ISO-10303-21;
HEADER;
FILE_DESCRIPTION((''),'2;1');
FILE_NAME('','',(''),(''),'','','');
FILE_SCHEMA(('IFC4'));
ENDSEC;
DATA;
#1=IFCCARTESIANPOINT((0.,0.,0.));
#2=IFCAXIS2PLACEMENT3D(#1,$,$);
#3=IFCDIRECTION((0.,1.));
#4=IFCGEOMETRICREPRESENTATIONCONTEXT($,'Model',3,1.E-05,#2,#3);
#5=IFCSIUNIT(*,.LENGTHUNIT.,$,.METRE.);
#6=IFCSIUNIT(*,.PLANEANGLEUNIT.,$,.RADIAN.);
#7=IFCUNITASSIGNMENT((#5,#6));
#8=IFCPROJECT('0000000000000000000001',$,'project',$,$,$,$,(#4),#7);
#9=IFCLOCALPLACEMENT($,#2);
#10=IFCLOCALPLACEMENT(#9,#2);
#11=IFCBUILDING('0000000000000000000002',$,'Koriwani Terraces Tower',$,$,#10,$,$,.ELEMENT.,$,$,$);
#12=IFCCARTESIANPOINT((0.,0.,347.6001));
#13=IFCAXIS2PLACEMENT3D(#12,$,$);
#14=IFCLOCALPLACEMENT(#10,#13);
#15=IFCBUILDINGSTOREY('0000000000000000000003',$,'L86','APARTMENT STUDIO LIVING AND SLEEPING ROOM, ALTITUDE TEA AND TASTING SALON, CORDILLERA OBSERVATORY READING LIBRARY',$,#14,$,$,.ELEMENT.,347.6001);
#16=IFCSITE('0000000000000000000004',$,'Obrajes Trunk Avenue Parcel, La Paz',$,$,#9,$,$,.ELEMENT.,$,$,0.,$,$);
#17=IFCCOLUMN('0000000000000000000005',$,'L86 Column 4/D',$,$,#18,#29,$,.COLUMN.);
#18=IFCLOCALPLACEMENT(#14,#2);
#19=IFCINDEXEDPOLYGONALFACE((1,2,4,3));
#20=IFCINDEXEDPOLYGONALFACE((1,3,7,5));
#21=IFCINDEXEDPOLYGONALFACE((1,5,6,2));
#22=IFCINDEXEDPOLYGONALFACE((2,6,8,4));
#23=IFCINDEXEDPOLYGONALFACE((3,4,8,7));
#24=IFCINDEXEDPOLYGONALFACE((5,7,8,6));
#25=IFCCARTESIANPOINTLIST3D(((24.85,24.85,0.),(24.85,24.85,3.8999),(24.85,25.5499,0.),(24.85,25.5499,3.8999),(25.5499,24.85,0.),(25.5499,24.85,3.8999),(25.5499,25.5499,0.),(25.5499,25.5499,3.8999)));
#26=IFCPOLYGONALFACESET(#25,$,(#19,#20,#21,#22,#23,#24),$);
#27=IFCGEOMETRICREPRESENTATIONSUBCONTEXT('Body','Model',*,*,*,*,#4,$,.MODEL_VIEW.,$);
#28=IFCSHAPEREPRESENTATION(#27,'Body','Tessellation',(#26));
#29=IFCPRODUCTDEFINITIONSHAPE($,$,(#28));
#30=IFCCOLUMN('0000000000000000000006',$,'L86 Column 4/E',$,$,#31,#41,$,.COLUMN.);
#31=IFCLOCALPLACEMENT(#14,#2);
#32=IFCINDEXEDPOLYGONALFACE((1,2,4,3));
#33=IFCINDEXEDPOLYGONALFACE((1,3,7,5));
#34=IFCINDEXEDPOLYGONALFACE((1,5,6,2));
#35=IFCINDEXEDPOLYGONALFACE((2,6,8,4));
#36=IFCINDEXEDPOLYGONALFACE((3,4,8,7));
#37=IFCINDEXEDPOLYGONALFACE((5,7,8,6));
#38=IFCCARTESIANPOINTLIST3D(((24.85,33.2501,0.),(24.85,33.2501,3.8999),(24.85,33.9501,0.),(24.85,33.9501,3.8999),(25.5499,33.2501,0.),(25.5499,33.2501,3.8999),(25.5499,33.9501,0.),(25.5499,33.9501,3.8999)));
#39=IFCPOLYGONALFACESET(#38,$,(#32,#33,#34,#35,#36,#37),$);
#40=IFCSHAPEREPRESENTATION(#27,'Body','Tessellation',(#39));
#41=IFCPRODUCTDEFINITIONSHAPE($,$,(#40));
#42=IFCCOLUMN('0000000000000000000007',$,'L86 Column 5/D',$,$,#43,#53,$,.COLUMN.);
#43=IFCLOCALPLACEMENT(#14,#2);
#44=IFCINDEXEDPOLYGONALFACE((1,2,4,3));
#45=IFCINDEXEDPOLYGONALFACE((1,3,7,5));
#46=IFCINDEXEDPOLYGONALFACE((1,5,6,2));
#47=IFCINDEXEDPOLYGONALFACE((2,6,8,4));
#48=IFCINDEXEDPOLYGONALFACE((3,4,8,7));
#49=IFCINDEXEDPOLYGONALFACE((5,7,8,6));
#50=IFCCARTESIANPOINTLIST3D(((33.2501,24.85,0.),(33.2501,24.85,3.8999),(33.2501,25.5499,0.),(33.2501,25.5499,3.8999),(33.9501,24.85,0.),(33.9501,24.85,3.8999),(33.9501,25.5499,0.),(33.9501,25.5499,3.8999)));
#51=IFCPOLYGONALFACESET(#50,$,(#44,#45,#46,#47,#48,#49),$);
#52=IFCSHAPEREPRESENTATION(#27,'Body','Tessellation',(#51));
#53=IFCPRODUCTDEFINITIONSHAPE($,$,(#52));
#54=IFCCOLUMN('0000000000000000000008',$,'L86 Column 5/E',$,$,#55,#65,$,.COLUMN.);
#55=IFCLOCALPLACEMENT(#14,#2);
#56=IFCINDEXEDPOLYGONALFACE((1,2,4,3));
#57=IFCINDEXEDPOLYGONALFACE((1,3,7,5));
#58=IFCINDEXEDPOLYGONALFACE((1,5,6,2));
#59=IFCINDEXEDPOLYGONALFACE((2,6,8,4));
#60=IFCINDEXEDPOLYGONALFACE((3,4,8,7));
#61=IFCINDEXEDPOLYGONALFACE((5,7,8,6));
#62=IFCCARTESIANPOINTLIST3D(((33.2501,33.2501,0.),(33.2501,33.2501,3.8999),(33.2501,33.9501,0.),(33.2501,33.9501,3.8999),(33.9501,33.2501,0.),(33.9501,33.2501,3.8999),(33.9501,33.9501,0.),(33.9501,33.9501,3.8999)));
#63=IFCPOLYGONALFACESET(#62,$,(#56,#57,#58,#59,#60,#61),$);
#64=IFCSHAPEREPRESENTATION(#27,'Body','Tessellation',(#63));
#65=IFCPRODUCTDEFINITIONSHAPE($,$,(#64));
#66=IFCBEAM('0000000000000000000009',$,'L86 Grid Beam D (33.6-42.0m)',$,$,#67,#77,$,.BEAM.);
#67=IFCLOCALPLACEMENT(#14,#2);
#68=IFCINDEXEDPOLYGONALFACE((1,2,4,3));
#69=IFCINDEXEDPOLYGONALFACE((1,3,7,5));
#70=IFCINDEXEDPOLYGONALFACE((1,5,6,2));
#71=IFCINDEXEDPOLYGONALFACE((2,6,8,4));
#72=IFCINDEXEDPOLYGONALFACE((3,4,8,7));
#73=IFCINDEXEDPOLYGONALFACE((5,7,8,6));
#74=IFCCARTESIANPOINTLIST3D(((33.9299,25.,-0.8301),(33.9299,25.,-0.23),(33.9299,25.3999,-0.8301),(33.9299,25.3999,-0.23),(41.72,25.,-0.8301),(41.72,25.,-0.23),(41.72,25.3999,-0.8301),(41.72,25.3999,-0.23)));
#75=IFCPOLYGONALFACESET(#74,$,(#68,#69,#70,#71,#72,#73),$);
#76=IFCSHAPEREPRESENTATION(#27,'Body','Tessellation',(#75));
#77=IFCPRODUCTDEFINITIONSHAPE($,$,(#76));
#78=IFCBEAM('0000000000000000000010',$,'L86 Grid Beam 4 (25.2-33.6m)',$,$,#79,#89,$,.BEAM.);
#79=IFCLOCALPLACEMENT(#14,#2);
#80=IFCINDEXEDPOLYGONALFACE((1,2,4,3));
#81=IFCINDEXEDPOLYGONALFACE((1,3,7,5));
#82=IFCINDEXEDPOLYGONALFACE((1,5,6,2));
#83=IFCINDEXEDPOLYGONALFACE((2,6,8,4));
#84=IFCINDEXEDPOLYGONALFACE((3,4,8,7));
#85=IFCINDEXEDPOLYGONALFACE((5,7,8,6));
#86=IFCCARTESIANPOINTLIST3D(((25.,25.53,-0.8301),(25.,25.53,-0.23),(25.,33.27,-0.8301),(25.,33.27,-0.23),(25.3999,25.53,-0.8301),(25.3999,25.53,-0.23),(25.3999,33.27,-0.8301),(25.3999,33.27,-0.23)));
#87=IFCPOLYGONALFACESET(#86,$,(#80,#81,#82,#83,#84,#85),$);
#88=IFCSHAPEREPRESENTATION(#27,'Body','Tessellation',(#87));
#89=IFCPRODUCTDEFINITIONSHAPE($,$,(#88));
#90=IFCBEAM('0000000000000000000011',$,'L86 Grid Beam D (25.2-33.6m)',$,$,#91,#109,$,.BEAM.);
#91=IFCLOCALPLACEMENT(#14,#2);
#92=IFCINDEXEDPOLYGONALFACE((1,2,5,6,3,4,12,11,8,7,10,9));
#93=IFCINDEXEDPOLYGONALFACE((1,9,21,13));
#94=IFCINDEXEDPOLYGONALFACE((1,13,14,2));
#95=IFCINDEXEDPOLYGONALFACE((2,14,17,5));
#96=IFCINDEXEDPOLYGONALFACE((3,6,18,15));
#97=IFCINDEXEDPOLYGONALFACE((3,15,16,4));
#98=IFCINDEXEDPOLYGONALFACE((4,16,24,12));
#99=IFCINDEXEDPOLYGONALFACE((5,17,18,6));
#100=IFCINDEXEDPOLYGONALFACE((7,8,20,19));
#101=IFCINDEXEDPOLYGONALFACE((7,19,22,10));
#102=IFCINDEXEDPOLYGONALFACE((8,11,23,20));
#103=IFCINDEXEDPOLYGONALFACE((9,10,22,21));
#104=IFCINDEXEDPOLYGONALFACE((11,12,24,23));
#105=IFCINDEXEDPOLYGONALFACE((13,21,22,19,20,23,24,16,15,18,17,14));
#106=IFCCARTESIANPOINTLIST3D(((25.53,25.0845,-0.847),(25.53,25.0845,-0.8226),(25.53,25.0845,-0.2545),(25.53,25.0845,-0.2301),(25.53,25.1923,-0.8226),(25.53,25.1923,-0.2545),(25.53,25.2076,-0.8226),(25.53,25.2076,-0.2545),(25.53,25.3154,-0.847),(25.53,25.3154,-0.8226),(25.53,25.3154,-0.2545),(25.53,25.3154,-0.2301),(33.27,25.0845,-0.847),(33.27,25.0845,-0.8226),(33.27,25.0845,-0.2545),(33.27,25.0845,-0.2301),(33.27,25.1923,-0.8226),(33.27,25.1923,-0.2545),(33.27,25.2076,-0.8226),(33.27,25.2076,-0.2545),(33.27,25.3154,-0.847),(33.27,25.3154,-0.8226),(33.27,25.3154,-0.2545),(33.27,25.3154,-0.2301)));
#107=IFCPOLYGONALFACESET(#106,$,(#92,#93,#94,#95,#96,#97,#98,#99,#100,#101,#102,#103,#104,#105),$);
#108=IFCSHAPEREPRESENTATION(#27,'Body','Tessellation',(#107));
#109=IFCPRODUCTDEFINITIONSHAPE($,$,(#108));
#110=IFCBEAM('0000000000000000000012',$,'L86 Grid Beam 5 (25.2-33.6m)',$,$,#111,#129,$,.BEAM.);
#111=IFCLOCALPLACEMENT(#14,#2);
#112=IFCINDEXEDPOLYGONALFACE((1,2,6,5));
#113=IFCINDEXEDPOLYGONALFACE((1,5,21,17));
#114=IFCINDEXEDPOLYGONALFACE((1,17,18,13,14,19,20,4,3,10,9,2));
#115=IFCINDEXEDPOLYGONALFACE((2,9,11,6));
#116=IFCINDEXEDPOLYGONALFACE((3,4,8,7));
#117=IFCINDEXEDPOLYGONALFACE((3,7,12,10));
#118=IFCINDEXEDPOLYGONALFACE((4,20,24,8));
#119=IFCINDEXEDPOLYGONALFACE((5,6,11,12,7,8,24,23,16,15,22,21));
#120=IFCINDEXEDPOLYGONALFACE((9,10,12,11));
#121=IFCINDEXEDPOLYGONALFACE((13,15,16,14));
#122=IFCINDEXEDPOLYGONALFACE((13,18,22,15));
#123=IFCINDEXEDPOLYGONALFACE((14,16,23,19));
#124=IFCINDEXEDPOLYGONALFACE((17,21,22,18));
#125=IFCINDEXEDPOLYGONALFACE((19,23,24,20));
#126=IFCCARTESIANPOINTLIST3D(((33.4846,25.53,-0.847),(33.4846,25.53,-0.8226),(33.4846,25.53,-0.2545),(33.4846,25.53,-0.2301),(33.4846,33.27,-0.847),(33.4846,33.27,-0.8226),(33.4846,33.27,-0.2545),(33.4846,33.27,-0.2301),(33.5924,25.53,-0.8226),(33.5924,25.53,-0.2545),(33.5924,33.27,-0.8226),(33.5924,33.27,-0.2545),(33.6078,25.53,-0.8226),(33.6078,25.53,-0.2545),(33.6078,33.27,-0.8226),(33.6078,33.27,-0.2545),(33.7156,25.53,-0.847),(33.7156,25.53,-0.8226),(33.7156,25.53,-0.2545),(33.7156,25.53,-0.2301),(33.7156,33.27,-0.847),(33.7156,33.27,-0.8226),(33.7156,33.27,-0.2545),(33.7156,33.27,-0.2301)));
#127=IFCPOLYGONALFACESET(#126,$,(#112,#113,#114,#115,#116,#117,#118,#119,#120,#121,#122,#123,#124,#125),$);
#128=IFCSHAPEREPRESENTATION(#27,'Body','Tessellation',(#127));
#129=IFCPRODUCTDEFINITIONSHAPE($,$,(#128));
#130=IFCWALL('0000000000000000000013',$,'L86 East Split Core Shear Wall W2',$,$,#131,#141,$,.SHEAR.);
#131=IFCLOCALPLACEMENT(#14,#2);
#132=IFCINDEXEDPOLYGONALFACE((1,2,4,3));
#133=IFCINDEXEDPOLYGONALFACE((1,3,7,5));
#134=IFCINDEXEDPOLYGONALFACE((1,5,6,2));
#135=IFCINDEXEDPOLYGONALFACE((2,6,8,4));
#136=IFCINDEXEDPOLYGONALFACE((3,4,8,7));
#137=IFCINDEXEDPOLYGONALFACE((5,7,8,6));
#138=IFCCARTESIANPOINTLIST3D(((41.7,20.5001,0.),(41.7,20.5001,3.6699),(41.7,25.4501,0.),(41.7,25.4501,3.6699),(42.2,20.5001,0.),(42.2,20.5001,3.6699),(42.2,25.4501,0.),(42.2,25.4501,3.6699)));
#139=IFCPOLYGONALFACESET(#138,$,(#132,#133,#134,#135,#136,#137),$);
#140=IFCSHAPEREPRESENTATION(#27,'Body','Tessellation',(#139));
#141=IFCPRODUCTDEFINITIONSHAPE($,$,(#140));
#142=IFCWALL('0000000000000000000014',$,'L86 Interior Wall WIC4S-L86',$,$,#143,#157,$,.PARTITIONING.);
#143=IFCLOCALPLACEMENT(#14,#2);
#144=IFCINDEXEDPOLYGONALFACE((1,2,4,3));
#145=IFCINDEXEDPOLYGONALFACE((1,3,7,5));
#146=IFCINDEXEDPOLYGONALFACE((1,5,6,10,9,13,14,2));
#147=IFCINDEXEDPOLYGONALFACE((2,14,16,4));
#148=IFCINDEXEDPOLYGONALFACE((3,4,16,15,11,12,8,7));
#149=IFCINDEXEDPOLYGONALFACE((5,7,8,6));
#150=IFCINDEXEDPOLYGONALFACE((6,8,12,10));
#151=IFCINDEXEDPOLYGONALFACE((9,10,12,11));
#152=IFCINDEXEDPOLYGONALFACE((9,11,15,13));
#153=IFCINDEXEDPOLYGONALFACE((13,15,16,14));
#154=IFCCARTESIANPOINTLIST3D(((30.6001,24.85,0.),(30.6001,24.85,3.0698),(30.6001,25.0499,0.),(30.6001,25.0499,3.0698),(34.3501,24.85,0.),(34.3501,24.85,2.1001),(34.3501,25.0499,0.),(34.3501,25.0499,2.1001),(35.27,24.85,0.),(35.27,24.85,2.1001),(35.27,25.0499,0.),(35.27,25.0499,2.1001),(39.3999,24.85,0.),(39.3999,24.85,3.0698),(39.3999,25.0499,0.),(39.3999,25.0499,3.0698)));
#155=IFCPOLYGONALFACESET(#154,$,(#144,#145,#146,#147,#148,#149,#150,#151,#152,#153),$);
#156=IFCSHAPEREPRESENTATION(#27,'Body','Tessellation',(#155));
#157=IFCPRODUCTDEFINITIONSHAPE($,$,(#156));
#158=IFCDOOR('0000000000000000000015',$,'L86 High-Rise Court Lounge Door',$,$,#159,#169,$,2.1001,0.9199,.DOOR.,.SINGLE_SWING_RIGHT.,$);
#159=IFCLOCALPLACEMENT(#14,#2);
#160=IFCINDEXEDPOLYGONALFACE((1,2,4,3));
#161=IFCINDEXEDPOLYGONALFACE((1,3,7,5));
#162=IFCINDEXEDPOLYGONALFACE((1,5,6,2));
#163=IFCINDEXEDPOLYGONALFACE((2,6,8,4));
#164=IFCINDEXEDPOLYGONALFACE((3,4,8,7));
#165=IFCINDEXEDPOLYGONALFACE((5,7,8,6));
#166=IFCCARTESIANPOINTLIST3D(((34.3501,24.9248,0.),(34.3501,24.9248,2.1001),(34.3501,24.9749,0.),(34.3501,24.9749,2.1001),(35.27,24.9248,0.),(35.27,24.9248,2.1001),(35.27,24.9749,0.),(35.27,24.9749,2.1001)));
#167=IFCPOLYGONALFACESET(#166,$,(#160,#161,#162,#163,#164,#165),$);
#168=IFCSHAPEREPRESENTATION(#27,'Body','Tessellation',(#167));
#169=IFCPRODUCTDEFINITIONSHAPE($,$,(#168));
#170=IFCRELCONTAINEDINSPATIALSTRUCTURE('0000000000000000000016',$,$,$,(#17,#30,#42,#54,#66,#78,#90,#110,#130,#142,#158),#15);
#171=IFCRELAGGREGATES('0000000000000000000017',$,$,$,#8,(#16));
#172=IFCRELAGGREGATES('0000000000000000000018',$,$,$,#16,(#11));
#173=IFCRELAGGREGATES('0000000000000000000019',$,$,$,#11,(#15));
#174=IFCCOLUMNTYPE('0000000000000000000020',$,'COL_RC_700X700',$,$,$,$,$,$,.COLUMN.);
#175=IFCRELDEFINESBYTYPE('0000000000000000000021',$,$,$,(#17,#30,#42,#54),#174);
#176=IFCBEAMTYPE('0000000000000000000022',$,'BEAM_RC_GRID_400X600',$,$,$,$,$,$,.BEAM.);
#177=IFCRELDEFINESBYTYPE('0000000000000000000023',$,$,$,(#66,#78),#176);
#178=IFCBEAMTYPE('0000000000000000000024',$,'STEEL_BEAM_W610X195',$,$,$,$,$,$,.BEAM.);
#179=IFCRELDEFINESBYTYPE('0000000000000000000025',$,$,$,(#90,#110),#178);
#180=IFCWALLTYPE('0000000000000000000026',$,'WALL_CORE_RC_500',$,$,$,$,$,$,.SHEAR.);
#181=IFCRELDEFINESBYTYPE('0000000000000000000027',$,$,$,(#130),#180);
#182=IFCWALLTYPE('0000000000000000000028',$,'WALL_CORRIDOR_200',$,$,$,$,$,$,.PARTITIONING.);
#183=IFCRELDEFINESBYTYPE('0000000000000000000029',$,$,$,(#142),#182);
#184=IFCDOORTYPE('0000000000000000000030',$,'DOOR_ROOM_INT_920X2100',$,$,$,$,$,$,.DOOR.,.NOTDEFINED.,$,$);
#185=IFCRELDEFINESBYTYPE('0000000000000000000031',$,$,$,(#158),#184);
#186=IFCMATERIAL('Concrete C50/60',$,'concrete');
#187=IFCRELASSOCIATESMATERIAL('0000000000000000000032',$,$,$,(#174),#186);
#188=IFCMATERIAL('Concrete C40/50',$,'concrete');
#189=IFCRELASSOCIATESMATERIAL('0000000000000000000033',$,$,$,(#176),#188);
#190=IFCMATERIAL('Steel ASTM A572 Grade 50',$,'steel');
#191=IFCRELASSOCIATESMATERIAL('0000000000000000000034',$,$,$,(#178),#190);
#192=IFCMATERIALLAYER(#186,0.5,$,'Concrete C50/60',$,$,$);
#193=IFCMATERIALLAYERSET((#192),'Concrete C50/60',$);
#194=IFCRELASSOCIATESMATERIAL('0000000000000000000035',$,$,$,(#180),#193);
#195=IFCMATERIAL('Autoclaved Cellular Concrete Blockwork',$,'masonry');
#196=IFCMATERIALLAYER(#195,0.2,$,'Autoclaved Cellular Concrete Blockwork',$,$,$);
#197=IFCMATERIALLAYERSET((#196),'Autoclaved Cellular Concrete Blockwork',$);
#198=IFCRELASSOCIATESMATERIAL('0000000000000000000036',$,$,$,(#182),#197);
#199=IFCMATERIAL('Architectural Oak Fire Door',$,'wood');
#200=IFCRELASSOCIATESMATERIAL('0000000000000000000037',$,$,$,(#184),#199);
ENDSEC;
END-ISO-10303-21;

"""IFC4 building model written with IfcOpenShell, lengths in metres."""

from ifc_helpers import new_model, si_unit, direction, frame, frame_2d, origin, origin_2d, place, context, subcontext, project, spatial, rectangle, i_section, extrude, material, layer, layer_set, material_profile, profile_set, type_object, element, fill, save


model = new_model("IFC4")

# Units and contexts
model_context = context("Model", 3, precision=1e-05, world=origin(), true_north=direction((0.0, 1.0)))
body_context = subcontext(model_context, "Body", "Model", "MODEL_VIEW")
ifc_project = project(units=[si_unit("LENGTHUNIT", "METRE"), si_unit("PLANEANGLEUNIT", "RADIAN")], contexts=[model_context])

# Site, building, storey
site_placement = place(None, origin())
site = spatial("IfcSite", under=ifc_project, at=site_placement, Name="Obrajes Trunk Avenue Parcel, La Paz", CompositionType="ELEMENT", RefElevation=0.0)
building_placement = place(site_placement, origin())
building = spatial("IfcBuilding", under=site, at=building_placement, Name="Koriwani Terraces Tower", CompositionType="ELEMENT")
storey_placement = place(building_placement, frame((0.0, 0.0, 347.6001)))
storey = spatial("IfcBuildingStorey", under=building, at=storey_placement, Name="L86", Description="APARTMENT STUDIO LIVING AND SLEEPING ROOM, ALTITUDE TEA AND TASTING SALON, CORDILLERA OBSERVATORY READING LIBRARY", CompositionType="ELEMENT", Elevation=347.6001)

# Columns
ifc_material_1 = material(Name="Concrete C50/60", Category="concrete")
ifc_material_profile_1 = material_profile(ifc_material_1, rectangle(XDim=0.7, YDim=0.7, at=origin_2d()), Name="Concrete C50/60", Category="LoadBearing")
ifc_profile_set_1 = profile_set([ifc_material_profile_1], Name="Concrete C50/60")
column_type = type_object("IfcColumnType", Name="COL_RC_700X700", PredefinedType="COLUMN", material=ifc_profile_set_1)
for number, where, z_axis, x_axis, name in (
    (1, (25.2, 25.2, 0.0), (0.0, 0.0, 1.0), (1.0, 0.0, 0.0), "L86 Column 4/D"),
    (2, (25.2, 33.6001, 0.0), (0.0, 0.0, 1.0), (1.0, 0.0, 0.0), "L86 Column 4/E"),
    (3, (33.6001, 25.2, 0.0), (0.0, 0.0, 1.0), (1.0, 0.0, 0.0), "L86 Column 5/D"),
    (4, (33.6001, 33.6001, 0.0), (0.0, 0.0, 1.0), (1.0, 0.0, 0.0), "L86 Column 5/E"),
):
    element("IfcColumn", number, at=place(storey_placement, frame(where, z_axis=z_axis, x_axis=x_axis)), inside=storey, type_object=column_type, Name=name, PredefinedType="COLUMN", context=body_context, shape_type="SweptSolid", body=[
        extrude(rectangle(XDim=0.7, YDim=0.7, at=origin_2d()), origin(), (0.0, 0.0, 1.0), 3.8999),
    ])

# Beams
ifc_material_2 = material(Name="Concrete C40/50", Category="concrete")
ifc_material_profile_2 = material_profile(ifc_material_2, rectangle(XDim=0.3999, YDim=0.6001, at=origin_2d()), Name="Concrete C40/50", Category="LoadBearing")
ifc_profile_set_2 = profile_set([ifc_material_profile_2], Name="Concrete C40/50")
beam_type_1 = type_object("IfcBeamType", Name="BEAM_RC_GRID_400X600", PredefinedType="BEAM", material=ifc_profile_set_2)
beam_1_placement = place(storey_placement, frame((33.9299, 25.2, -0.53), z_axis=(1.0, 0.0, 0.0), x_axis=(0.0, 1.0, 0.0)))
element("IfcBeam", 5, at=beam_1_placement, inside=storey, type_object=beam_type_1, Name="L86 Grid Beam D (33.6-42.0m)", PredefinedType="BEAM", context=body_context, shape_type="SweptSolid", body=[
    extrude(rectangle(XDim=0.3999, YDim=0.6001, at=origin_2d()), origin(), (0.0, 0.0, 1.0), 7.79),
])
beam_2_placement = place(storey_placement, frame((25.2, 25.53, -0.53), z_axis=(0.0, 1.0, 0.0), x_axis=(-1.0, 0.0, 0.0)))
element("IfcBeam", 6, at=beam_2_placement, inside=storey, type_object=beam_type_1, Name="L86 Grid Beam 4 (25.2-33.6m)", PredefinedType="BEAM", context=body_context, shape_type="SweptSolid", body=[
    extrude(rectangle(XDim=0.3999, YDim=0.6001, at=origin_2d()), origin(), (0.0, 0.0, 1.0), 7.74),
])
ifc_material_3 = material(Name="Steel ASTM A572 Grade 50", Category="steel")
ifc_material_profile_3 = material_profile(ifc_material_3, i_section(OverallWidth=0.231, OverallDepth=0.6169, WebThickness=0.0154, FlangeThickness=0.0244, at=origin_2d()), Name="Steel ASTM A572 Grade 50", Category="LoadBearing")
ifc_profile_set_3 = profile_set([ifc_material_profile_3], Name="Steel ASTM A572 Grade 50")
beam_type_2 = type_object("IfcBeamType", Name="STEEL_BEAM_W610X195", PredefinedType="BEAM", material=ifc_profile_set_3)
for number, where, z_axis, x_axis, name in (
    (7, (25.53, 25.2, -0.5386), (1.0, 0.0, 0.0), (0.0, 1.0, 0.0), "L86 Grid Beam D (25.2-33.6m)"),
    (8, (33.6001, 25.53, -0.5386), (0.0, 1.0, 0.0), (-1.0, 0.0, 0.0), "L86 Grid Beam 5 (25.2-33.6m)"),
):
    element("IfcBeam", number, at=place(storey_placement, frame(where, z_axis=z_axis, x_axis=x_axis)), inside=storey, type_object=beam_type_2, Name=name, PredefinedType="BEAM", context=body_context, shape_type="SweptSolid", body=[
        extrude(i_section(OverallWidth=0.231, OverallDepth=0.6169, WebThickness=0.0154, FlangeThickness=0.0244, at=origin_2d()), origin(), (0.0, 0.0, 1.0), 7.74),
    ])

# Wall
ifc_layer_1 = layer(ifc_material_1, 0.5, Name="Concrete C50/60")
ifc_layer_set_1 = layer_set([ifc_layer_1], Name="Concrete C50/60")
wall_type_1 = type_object("IfcWallType", Name="WALL_CORE_RC_500", PredefinedType="SHEAR", material=ifc_layer_set_1)
wall_1_placement = place(storey_placement, frame((41.95, 20.5, 0.0), z_axis=(0.0, 0.0, 1.0), x_axis=(0.0, 1.0, 0.0)))
element("IfcWall", 9, at=wall_1_placement, inside=storey, type_object=wall_type_1, Name="L86 East Split Core Shear Wall W2", PredefinedType="SHEAR", context=body_context, shape_type="SweptSolid", body=[
    extrude(rectangle(XDim=4.95, YDim=0.5, at=frame_2d((2.4751, 0.0))), origin(), (0.0, 0.0, 1.0), 3.6699),
])

# Wall, opening, door
ifc_material_4 = material(Name="Autoclaved Cellular Concrete Blockwork", Category="masonry")
ifc_layer_2 = layer(ifc_material_4, 0.2, Name="Autoclaved Cellular Concrete Blockwork")
ifc_layer_set_2 = layer_set([ifc_layer_2], Name="Autoclaved Cellular Concrete Blockwork")
wall_type_2 = type_object("IfcWallType", Name="WALL_CORRIDOR_200", PredefinedType="PARTITIONING", material=ifc_layer_set_2)
wall_2_placement = place(storey_placement, frame((30.6001, 24.95, 0.0), z_axis=(0.0, 0.0, 1.0), x_axis=(1.0, 0.0, 0.0)))
wall_2 = element("IfcWall", 10, at=wall_2_placement, inside=storey, type_object=wall_type_2, Name="L86 Interior Wall WIC4S-L86", PredefinedType="PARTITIONING", context=body_context, shape_type="SweptSolid", body=[
    extrude(rectangle(XDim=8.7998, YDim=0.2, at=frame_2d((4.3999, 0.0))), origin(), (0.0, 0.0, 1.0), 3.0698),
])
opening_1_placement = place(wall_2_placement, frame((3.75, 0.0, 0.0)))
opening_1 = element("IfcOpeningElement", 11, at=opening_1_placement, cuts=wall_2, PredefinedType="OPENING", context=body_context, shape_type="SweptSolid", body=[
    extrude(rectangle(XDim=0.9199, YDim=2.1001, at=frame_2d((0.46, 1.05))), frame((0.0, 0.1099, 0.0), z_axis=(0.0, -1.0, 0.0), x_axis=(1.0, 0.0, 0.0)), (0.0, 0.0, 1.0), 0.22),
])
ifc_material_5 = material(Name="Architectural Oak Fire Door", Category="wood")
door_type_1 = type_object("IfcDoorType", Name="DOOR_ROOM_INT_920X2100", OperationType="NOTDEFINED", PredefinedType="DOOR", material=ifc_material_5)
door_1_placement = place(opening_1_placement, origin())
door_1 = element("IfcDoor", 12, at=door_1_placement, inside=storey, type_object=door_type_1, Name="L86 High-Rise Court Lounge Door", OperationType="SINGLE_SWING_RIGHT", OverallHeight=2.1001, OverallWidth=0.9199, PredefinedType="DOOR", context=body_context, shape_type="SweptSolid", body=[
    extrude(rectangle(XDim=0.9199, YDim=2.1001, at=frame_2d((0.46, 1.05))), frame((0.0, 0.0249, 0.0), z_axis=(0.0, -1.0, 0.0), x_axis=(1.0, 0.0, 0.0)), (0.0, 0.0, 1.0), 0.05),
])
fill(opening_1, door_1)

save(model, "model.ifc")
